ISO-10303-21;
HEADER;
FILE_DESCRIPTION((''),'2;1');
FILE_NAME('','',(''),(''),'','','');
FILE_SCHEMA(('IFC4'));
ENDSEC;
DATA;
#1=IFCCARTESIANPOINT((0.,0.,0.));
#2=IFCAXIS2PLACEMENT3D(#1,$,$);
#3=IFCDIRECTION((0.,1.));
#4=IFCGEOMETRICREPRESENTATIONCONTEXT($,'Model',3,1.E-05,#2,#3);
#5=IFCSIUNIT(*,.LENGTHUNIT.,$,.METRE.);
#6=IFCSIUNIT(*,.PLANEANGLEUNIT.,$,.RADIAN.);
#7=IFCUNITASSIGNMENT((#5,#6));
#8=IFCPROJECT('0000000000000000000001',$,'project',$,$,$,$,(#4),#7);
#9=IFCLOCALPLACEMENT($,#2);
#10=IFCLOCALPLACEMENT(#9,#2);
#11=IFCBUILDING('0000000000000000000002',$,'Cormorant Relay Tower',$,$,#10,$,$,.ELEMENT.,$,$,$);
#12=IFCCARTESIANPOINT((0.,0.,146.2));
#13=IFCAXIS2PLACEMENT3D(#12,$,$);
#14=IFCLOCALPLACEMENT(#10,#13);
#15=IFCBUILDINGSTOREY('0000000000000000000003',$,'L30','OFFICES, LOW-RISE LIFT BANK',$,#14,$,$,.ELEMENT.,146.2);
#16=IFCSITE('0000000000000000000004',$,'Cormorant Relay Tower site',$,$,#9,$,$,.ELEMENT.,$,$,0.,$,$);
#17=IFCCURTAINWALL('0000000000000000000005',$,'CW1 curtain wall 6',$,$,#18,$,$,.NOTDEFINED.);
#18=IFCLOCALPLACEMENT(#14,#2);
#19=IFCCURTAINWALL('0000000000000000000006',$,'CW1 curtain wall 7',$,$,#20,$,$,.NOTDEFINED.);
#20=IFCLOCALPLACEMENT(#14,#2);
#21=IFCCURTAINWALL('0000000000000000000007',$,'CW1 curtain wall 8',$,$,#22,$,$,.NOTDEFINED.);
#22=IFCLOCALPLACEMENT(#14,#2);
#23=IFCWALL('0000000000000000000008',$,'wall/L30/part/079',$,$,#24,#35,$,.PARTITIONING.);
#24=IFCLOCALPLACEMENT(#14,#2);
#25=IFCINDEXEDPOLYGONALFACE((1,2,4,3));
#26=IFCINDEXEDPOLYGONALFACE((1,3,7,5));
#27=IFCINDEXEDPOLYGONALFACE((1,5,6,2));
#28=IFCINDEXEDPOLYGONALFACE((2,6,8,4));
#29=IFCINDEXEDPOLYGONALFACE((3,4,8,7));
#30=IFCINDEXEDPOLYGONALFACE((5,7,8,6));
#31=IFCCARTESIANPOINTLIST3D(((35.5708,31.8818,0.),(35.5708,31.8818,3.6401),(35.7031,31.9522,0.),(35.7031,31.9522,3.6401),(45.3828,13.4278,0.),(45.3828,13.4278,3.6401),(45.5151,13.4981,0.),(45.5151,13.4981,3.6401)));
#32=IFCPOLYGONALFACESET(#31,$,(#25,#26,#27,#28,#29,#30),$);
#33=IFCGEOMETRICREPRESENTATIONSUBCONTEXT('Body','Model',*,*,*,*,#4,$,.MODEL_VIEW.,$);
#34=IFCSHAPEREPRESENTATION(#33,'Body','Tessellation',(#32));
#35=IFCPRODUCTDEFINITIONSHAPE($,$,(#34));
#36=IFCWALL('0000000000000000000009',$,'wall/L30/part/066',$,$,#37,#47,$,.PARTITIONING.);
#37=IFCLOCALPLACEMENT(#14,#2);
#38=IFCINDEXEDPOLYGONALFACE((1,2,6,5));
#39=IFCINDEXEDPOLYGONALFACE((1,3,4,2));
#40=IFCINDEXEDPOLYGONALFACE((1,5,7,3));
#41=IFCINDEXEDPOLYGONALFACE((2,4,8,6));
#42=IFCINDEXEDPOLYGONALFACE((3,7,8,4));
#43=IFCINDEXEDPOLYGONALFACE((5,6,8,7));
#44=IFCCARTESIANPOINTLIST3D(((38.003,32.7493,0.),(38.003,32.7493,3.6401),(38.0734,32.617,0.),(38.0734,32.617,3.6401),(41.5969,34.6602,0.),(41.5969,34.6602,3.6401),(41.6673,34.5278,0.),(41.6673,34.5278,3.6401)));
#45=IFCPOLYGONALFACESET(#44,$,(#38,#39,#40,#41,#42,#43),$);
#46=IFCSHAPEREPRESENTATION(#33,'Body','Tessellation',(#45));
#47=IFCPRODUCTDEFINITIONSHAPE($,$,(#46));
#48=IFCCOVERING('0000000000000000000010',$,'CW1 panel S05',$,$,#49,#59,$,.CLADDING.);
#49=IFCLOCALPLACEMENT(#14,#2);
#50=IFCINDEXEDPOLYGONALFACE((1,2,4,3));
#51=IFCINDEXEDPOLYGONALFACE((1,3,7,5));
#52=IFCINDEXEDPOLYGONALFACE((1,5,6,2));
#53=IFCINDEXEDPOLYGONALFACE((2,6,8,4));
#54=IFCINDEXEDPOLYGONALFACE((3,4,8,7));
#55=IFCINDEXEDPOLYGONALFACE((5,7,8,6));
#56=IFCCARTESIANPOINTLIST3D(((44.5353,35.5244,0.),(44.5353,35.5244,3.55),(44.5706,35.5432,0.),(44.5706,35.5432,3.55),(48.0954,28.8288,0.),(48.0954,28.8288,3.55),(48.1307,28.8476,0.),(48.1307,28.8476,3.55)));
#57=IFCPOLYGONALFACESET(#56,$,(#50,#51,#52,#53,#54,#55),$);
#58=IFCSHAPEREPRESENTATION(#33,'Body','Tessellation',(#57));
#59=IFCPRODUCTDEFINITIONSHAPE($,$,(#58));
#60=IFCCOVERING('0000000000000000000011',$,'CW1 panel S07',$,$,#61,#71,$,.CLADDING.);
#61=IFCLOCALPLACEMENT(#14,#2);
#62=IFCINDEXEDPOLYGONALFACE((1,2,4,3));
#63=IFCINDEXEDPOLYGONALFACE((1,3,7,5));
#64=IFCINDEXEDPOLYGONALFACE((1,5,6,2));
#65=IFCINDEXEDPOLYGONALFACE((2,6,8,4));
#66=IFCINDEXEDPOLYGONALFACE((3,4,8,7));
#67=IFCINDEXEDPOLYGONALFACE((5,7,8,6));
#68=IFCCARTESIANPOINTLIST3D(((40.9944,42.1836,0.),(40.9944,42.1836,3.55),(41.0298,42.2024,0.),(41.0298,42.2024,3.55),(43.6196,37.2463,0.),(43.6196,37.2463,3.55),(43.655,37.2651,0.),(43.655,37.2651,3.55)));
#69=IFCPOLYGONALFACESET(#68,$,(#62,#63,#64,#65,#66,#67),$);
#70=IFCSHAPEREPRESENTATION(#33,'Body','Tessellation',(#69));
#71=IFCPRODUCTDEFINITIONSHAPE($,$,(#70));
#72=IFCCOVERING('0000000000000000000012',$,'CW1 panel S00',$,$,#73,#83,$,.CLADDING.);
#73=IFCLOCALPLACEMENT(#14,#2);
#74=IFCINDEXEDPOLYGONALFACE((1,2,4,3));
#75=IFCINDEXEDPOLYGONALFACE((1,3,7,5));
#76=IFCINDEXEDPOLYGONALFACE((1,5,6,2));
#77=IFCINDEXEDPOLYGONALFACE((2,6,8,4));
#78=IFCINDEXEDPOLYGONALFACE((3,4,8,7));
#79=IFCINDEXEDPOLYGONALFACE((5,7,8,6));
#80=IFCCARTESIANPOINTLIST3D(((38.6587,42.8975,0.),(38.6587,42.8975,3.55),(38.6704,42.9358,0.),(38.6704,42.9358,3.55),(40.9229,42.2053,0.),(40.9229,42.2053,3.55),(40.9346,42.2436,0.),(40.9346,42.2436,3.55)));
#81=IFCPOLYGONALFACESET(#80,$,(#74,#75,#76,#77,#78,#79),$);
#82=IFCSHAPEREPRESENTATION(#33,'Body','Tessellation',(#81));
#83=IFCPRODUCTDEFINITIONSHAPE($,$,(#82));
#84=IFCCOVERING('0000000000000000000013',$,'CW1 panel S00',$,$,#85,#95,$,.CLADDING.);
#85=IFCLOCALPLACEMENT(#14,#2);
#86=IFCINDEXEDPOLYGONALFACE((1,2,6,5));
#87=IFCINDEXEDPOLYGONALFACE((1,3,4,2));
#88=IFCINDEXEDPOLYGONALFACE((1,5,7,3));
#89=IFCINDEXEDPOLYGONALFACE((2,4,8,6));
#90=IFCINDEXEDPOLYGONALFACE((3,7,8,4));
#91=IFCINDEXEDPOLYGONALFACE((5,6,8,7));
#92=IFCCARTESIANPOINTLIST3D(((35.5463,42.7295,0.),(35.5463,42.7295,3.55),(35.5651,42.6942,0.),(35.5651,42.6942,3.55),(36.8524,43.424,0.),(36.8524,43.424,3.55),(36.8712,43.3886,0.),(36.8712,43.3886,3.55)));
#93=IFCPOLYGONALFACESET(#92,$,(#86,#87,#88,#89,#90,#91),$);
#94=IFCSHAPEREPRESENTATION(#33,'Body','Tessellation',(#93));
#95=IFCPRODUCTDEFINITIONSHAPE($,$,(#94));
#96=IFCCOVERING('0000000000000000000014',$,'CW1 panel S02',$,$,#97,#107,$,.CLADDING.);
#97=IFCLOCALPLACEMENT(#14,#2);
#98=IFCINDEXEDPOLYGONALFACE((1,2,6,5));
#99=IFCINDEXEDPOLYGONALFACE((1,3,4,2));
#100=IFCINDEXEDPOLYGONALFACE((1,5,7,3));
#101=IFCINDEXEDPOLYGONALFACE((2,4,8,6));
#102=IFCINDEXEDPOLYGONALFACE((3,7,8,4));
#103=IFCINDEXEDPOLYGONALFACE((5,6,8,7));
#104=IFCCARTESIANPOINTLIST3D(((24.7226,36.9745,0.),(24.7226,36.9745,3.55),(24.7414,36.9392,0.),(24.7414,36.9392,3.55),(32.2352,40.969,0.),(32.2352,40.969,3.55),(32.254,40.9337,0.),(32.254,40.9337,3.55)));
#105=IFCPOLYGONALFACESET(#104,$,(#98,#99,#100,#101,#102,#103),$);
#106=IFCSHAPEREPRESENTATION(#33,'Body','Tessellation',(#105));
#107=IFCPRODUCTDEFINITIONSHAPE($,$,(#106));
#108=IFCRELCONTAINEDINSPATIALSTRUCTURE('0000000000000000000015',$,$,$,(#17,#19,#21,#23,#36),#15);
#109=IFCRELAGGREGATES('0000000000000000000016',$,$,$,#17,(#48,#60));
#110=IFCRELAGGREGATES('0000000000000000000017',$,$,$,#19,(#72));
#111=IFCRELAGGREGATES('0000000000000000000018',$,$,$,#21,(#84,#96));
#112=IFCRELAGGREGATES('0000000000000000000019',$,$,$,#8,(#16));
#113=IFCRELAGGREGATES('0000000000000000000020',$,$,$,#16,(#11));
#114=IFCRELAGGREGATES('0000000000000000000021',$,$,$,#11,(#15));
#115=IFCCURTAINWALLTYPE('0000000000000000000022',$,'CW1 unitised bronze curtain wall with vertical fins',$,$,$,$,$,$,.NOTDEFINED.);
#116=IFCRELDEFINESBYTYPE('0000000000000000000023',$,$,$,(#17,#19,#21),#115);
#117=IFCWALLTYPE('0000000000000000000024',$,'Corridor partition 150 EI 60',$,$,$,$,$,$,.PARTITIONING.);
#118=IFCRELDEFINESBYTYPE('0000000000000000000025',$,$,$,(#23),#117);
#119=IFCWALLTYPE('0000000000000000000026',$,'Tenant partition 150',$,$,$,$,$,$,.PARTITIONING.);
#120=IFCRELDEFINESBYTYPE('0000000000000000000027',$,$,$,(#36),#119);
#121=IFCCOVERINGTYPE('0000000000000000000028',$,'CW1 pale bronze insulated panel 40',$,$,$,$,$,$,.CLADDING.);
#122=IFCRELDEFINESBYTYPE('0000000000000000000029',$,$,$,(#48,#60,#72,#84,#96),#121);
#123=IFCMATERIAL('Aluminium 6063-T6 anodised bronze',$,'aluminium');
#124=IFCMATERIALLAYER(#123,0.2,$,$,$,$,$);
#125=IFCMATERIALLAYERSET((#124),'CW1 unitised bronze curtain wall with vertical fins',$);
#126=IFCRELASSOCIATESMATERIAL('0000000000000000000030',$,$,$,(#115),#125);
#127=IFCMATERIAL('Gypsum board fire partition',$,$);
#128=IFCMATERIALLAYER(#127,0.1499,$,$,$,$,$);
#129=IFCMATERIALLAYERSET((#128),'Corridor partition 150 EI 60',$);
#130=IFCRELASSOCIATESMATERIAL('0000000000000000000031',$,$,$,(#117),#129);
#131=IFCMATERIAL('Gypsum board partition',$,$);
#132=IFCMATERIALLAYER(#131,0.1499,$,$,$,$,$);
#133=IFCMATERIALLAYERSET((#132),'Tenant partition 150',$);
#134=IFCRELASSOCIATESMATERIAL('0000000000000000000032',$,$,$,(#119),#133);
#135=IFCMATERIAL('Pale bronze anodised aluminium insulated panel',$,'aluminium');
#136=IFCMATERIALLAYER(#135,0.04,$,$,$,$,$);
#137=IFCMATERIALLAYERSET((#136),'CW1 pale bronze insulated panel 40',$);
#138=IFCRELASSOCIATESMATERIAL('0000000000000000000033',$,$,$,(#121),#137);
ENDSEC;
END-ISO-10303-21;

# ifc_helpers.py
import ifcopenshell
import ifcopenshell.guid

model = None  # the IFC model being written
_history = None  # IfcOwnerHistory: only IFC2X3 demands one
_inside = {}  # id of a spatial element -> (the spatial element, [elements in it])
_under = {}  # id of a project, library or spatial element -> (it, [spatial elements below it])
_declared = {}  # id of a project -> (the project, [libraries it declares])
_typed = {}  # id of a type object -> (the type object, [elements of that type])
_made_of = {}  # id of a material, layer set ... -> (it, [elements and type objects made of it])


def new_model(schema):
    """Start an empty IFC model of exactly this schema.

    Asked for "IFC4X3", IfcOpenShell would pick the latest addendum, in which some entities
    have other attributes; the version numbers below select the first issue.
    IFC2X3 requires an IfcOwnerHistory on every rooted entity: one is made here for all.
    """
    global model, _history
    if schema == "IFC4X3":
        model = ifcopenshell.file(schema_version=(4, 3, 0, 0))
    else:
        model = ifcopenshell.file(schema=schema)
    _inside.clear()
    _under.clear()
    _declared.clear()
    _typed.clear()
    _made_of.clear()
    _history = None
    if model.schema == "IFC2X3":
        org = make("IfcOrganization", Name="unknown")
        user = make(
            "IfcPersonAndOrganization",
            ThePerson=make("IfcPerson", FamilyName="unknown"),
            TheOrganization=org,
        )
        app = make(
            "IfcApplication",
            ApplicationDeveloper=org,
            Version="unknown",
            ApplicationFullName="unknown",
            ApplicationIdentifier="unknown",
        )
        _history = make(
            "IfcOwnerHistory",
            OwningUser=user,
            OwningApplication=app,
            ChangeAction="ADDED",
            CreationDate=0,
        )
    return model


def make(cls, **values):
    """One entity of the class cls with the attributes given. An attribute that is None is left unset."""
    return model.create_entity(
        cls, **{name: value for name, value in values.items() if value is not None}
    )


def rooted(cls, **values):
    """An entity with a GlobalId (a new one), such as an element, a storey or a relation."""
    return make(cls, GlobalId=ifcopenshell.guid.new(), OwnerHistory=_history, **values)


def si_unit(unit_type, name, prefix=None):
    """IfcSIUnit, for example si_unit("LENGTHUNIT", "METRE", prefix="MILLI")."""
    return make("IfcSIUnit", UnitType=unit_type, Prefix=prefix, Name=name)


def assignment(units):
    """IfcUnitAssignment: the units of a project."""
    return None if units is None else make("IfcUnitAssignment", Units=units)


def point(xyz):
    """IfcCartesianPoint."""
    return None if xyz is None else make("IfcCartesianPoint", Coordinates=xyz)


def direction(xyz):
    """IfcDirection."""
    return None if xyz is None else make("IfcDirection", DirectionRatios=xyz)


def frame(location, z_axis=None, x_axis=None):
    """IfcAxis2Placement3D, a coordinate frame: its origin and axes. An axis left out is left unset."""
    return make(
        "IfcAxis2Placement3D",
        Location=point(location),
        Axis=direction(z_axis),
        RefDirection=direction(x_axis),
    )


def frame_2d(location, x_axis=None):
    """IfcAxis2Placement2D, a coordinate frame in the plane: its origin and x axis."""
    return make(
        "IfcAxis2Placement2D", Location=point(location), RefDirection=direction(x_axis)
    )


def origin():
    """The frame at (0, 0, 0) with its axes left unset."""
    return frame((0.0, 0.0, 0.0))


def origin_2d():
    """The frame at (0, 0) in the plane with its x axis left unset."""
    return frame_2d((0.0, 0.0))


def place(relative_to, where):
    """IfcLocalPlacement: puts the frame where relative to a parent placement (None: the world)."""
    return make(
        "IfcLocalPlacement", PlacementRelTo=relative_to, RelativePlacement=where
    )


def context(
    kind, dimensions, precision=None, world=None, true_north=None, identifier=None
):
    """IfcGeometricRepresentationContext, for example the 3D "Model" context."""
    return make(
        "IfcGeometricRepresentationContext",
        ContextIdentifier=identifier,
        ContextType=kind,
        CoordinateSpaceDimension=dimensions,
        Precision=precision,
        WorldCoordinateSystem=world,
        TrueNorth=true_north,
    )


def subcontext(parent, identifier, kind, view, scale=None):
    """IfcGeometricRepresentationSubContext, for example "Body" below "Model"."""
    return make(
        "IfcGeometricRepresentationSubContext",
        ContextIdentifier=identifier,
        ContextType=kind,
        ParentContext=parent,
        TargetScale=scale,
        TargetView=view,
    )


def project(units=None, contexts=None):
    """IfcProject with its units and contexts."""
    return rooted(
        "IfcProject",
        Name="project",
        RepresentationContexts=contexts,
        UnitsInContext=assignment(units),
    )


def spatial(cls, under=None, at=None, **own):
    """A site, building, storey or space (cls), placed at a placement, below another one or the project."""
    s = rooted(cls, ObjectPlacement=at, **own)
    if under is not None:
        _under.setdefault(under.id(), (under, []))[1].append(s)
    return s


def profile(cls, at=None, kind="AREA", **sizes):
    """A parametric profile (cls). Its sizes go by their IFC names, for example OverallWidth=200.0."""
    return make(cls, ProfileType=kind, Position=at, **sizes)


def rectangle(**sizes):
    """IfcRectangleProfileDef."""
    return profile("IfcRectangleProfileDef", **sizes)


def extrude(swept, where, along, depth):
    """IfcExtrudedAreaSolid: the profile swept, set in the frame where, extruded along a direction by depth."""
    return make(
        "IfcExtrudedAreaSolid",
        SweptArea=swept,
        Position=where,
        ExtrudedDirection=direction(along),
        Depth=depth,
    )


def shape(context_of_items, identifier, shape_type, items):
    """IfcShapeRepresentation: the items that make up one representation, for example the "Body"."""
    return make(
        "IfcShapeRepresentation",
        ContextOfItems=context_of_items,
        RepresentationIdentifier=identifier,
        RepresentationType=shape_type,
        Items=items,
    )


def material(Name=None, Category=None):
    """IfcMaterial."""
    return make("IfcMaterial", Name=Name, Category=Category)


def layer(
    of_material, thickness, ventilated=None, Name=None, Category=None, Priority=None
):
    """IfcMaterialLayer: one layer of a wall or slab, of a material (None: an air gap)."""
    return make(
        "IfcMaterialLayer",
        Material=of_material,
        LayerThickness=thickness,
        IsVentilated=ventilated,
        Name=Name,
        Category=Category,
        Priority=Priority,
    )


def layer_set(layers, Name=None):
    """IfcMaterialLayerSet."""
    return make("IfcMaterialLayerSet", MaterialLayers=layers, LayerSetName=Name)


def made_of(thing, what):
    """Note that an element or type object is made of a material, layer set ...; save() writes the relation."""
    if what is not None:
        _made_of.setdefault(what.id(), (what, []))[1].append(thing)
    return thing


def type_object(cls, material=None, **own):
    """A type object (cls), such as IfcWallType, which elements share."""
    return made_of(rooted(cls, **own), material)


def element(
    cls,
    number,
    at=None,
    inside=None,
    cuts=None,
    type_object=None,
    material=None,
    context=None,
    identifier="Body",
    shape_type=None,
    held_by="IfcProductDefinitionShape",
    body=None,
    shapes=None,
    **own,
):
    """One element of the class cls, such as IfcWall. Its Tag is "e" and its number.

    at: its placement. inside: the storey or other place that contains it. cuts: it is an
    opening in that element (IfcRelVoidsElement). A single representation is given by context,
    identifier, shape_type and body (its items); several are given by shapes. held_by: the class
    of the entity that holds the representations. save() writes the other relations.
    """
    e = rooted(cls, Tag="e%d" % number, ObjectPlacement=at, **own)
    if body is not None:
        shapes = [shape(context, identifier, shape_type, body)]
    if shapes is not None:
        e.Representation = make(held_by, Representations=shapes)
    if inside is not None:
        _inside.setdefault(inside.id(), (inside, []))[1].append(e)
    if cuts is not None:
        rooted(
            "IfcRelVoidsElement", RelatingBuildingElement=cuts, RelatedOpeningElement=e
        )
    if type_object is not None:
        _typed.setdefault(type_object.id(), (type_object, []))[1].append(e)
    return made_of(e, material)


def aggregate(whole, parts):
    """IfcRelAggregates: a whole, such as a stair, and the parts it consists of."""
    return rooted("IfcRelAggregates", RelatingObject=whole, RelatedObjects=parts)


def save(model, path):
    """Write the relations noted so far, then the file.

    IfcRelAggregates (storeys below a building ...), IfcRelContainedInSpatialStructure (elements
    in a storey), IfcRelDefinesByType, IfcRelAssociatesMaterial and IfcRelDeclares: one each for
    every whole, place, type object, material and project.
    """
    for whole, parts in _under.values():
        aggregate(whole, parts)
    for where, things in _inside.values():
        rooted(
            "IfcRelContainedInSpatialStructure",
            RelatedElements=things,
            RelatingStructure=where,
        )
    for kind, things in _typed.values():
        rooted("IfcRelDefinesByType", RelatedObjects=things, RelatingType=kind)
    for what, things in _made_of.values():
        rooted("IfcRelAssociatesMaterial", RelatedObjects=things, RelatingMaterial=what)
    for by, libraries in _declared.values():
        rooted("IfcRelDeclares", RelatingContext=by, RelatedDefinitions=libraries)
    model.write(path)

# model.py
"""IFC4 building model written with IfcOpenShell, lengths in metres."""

from ifc_helpers import new_model, si_unit, direction, frame, frame_2d, origin, origin_2d, place, context, subcontext, project, spatial, rectangle, extrude, material, layer, layer_set, type_object, element, aggregate, save


model = new_model("IFC4")

# Units and contexts
model_context = context("Model", 3, precision=1e-05, world=origin(), true_north=direction((0.0, 1.0)))
body_context = subcontext(model_context, "Body", "Model", "MODEL_VIEW")
ifc_project = project(units=[si_unit("LENGTHUNIT", "METRE"), si_unit("PLANEANGLEUNIT", "RADIAN")], contexts=[model_context])

# Site, building, storey
site_placement = place(None, origin())
site = spatial("IfcSite", under=ifc_project, at=site_placement, Name="Cormorant Relay Tower site", CompositionType="ELEMENT", RefElevation=0.0)
building_placement = place(site_placement, origin())
building = spatial("IfcBuilding", under=site, at=building_placement, Name="Cormorant Relay Tower", CompositionType="ELEMENT")
storey_placement = place(building_placement, frame((0.0, 0.0, 146.2)))
storey = spatial("IfcBuildingStorey", under=building, at=storey_placement, Name="L30", Description="OFFICES, LOW-RISE LIFT BANK", CompositionType="ELEMENT", Elevation=146.2)

# Curtain wall
ifc_material_1 = material(Name="Aluminium 6063-T6 anodised bronze", Category="aluminium")
ifc_layer_1 = layer(ifc_material_1, 0.2)
ifc_layer_set_1 = layer_set([ifc_layer_1], Name="CW1 unitised bronze curtain wall with vertical fins")
curtain_wall_type = type_object("IfcCurtainWallType", Name="CW1 unitised bronze curtain wall with vertical fins", PredefinedType="NOTDEFINED", material=ifc_layer_set_1)
curtain_wall_1_placement = place(storey_placement, origin())
curtain_wall_1 = element("IfcCurtainWall", 1, at=curtain_wall_1_placement, inside=storey, type_object=curtain_wall_type, Name="CW1 curtain wall 6", PredefinedType="NOTDEFINED")

# Curtain wall
curtain_wall_2_placement = place(storey_placement, origin())
curtain_wall_2 = element("IfcCurtainWall", 2, at=curtain_wall_2_placement, inside=storey, type_object=curtain_wall_type, Name="CW1 curtain wall 7", PredefinedType="NOTDEFINED")

# Curtain wall
curtain_wall_3_placement = place(storey_placement, origin())
curtain_wall_3 = element("IfcCurtainWall", 3, at=curtain_wall_3_placement, inside=storey, type_object=curtain_wall_type, Name="CW1 curtain wall 8", PredefinedType="NOTDEFINED")

# Shared definitions
ifc_material_2 = material(Name="Gypsum board fire partition")
ifc_layer_2 = layer(ifc_material_2, 0.1499)
ifc_layer_set_2 = layer_set([ifc_layer_2], Name="Corridor partition 150 EI 60")
wall_type_1 = type_object("IfcWallType", Name="Corridor partition 150 EI 60", PredefinedType="PARTITIONING", material=ifc_layer_set_2)

# Walls
wall_1_placement = place(storey_placement, frame((35.637, 31.917, 0.0), z_axis=(0.0, 0.0, 1.0), x_axis=(0.469464, -0.882952, 0.0)))
element("IfcWall", 4, at=wall_1_placement, inside=storey, type_object=wall_type_1, Name="wall/L30/part/079", PredefinedType="PARTITIONING", context=body_context, shape_type="SweptSolid", body=[
    extrude(rectangle(XDim=20.9004, YDim=0.1499, at=frame_2d((10.4502, 0.0))), origin(), (0.0, 0.0, 1.0), 3.6401),
])
ifc_material_3 = material(Name="Gypsum board partition")
ifc_layer_3 = layer(ifc_material_3, 0.1499)
ifc_layer_set_3 = layer_set([ifc_layer_3], Name="Tenant partition 150")
wall_type_2 = type_object("IfcWallType", Name="Tenant partition 150", PredefinedType="PARTITIONING", material=ifc_layer_set_3)
wall_2_placement = place(storey_placement, frame((41.6321, 34.594, 0.0), z_axis=(0.0, 0.0, 1.0), x_axis=(-0.882955, -0.469458, 0.0)))
element("IfcWall", 5, at=wall_2_placement, inside=storey, type_object=wall_type_2, Name="wall/L30/part/066", PredefinedType="PARTITIONING", context=body_context, shape_type="SweptSolid", body=[
    extrude(rectangle(XDim=4.0703, YDim=0.1499, at=frame_2d((2.0352, 0.0))), origin(), (0.0, 0.0, 1.0), 3.6401),
])

# Coverings
ifc_material_4 = material(Name="Pale bronze anodised aluminium insulated panel", Category="aluminium")
ifc_layer_4 = layer(ifc_material_4, 0.04)
ifc_layer_set_4 = layer_set([ifc_layer_4], Name="CW1 pale bronze insulated panel 40")
covering_type = type_object("IfcCoveringType", Name="CW1 pale bronze insulated panel 40", PredefinedType="CLADDING", material=ifc_layer_set_4)
covering_1_placement = place(storey_placement, frame((46.333, 32.186, 0.0), z_axis=(0.0, 0.0, 1.0), x_axis=(-0.469472, 0.882948, 0.0)))
covering_1 = element("IfcCovering", 6, at=covering_1_placement, type_object=covering_type, Name="CW1 panel S05", PredefinedType="CLADDING", context=body_context, shape_type="SweptSolid", body=[
    extrude(rectangle(XDim=7.5833, YDim=0.04, at=origin_2d()), origin(), (0.0, 0.0, 1.0), 3.55),
])
covering_2_placement = place(storey_placement, frame((42.3247, 39.7244, 0.0), z_axis=(0.0, 0.0, 1.0), x_axis=(-0.469472, 0.882948, 0.0)))
covering_2 = element("IfcCovering", 7, at=covering_2_placement, type_object=covering_type, Name="CW1 panel S07", PredefinedType="CLADDING", context=body_context, shape_type="SweptSolid", body=[
    extrude(rectangle(XDim=5.5918, YDim=0.04, at=origin_2d()), origin(), (0.0, 0.0, 1.0), 3.55),
])
aggregate(curtain_wall_1, [covering_1, covering_2])
covering_3_placement = place(storey_placement, frame((39.7966, 42.5706, 0.0), z_axis=(0.0, 0.0, 1.0), x_axis=(-0.956305, 0.292372, 0.0)))
covering_3 = element("IfcCovering", 8, at=covering_3_placement, type_object=covering_type, Name="CW1 panel S00", PredefinedType="CLADDING", context=body_context, shape_type="SweptSolid", body=[
    extrude(rectangle(XDim=2.3677, YDim=0.04, at=origin_2d()), origin(), (0.0, 0.0, 1.0), 3.55),
])
aggregate(curtain_wall_2, [covering_3])
covering_4_placement = place(storey_placement, frame((36.2087, 43.0591, 0.0), z_axis=(0.0, 0.0, 1.0), x_axis=(-0.882948, -0.469472, 0.0)))
covering_4 = element("IfcCovering", 9, at=covering_4_placement, type_object=covering_type, Name="CW1 panel S00", PredefinedType="CLADDING", context=body_context, shape_type="SweptSolid", body=[
    extrude(rectangle(XDim=1.4792, YDim=0.04, at=origin_2d()), origin(), (0.0, 0.0, 1.0), 3.55),
])
covering_5_placement = place(storey_placement, frame((28.4883, 38.9541, 0.0), z_axis=(0.0, 0.0, 1.0), x_axis=(-0.882948, -0.469472, 0.0)))
covering_5 = element("IfcCovering", 10, at=covering_5_placement, type_object=covering_type, Name="CW1 panel S02", PredefinedType="CLADDING", context=body_context, shape_type="SweptSolid", body=[
    extrude(rectangle(XDim=8.5085, YDim=0.04, at=origin_2d()), origin(), (0.0, 0.0, 1.0), 3.55),
])
aggregate(curtain_wall_3, [covering_4, covering_5])

save(model, "model.ifc")
